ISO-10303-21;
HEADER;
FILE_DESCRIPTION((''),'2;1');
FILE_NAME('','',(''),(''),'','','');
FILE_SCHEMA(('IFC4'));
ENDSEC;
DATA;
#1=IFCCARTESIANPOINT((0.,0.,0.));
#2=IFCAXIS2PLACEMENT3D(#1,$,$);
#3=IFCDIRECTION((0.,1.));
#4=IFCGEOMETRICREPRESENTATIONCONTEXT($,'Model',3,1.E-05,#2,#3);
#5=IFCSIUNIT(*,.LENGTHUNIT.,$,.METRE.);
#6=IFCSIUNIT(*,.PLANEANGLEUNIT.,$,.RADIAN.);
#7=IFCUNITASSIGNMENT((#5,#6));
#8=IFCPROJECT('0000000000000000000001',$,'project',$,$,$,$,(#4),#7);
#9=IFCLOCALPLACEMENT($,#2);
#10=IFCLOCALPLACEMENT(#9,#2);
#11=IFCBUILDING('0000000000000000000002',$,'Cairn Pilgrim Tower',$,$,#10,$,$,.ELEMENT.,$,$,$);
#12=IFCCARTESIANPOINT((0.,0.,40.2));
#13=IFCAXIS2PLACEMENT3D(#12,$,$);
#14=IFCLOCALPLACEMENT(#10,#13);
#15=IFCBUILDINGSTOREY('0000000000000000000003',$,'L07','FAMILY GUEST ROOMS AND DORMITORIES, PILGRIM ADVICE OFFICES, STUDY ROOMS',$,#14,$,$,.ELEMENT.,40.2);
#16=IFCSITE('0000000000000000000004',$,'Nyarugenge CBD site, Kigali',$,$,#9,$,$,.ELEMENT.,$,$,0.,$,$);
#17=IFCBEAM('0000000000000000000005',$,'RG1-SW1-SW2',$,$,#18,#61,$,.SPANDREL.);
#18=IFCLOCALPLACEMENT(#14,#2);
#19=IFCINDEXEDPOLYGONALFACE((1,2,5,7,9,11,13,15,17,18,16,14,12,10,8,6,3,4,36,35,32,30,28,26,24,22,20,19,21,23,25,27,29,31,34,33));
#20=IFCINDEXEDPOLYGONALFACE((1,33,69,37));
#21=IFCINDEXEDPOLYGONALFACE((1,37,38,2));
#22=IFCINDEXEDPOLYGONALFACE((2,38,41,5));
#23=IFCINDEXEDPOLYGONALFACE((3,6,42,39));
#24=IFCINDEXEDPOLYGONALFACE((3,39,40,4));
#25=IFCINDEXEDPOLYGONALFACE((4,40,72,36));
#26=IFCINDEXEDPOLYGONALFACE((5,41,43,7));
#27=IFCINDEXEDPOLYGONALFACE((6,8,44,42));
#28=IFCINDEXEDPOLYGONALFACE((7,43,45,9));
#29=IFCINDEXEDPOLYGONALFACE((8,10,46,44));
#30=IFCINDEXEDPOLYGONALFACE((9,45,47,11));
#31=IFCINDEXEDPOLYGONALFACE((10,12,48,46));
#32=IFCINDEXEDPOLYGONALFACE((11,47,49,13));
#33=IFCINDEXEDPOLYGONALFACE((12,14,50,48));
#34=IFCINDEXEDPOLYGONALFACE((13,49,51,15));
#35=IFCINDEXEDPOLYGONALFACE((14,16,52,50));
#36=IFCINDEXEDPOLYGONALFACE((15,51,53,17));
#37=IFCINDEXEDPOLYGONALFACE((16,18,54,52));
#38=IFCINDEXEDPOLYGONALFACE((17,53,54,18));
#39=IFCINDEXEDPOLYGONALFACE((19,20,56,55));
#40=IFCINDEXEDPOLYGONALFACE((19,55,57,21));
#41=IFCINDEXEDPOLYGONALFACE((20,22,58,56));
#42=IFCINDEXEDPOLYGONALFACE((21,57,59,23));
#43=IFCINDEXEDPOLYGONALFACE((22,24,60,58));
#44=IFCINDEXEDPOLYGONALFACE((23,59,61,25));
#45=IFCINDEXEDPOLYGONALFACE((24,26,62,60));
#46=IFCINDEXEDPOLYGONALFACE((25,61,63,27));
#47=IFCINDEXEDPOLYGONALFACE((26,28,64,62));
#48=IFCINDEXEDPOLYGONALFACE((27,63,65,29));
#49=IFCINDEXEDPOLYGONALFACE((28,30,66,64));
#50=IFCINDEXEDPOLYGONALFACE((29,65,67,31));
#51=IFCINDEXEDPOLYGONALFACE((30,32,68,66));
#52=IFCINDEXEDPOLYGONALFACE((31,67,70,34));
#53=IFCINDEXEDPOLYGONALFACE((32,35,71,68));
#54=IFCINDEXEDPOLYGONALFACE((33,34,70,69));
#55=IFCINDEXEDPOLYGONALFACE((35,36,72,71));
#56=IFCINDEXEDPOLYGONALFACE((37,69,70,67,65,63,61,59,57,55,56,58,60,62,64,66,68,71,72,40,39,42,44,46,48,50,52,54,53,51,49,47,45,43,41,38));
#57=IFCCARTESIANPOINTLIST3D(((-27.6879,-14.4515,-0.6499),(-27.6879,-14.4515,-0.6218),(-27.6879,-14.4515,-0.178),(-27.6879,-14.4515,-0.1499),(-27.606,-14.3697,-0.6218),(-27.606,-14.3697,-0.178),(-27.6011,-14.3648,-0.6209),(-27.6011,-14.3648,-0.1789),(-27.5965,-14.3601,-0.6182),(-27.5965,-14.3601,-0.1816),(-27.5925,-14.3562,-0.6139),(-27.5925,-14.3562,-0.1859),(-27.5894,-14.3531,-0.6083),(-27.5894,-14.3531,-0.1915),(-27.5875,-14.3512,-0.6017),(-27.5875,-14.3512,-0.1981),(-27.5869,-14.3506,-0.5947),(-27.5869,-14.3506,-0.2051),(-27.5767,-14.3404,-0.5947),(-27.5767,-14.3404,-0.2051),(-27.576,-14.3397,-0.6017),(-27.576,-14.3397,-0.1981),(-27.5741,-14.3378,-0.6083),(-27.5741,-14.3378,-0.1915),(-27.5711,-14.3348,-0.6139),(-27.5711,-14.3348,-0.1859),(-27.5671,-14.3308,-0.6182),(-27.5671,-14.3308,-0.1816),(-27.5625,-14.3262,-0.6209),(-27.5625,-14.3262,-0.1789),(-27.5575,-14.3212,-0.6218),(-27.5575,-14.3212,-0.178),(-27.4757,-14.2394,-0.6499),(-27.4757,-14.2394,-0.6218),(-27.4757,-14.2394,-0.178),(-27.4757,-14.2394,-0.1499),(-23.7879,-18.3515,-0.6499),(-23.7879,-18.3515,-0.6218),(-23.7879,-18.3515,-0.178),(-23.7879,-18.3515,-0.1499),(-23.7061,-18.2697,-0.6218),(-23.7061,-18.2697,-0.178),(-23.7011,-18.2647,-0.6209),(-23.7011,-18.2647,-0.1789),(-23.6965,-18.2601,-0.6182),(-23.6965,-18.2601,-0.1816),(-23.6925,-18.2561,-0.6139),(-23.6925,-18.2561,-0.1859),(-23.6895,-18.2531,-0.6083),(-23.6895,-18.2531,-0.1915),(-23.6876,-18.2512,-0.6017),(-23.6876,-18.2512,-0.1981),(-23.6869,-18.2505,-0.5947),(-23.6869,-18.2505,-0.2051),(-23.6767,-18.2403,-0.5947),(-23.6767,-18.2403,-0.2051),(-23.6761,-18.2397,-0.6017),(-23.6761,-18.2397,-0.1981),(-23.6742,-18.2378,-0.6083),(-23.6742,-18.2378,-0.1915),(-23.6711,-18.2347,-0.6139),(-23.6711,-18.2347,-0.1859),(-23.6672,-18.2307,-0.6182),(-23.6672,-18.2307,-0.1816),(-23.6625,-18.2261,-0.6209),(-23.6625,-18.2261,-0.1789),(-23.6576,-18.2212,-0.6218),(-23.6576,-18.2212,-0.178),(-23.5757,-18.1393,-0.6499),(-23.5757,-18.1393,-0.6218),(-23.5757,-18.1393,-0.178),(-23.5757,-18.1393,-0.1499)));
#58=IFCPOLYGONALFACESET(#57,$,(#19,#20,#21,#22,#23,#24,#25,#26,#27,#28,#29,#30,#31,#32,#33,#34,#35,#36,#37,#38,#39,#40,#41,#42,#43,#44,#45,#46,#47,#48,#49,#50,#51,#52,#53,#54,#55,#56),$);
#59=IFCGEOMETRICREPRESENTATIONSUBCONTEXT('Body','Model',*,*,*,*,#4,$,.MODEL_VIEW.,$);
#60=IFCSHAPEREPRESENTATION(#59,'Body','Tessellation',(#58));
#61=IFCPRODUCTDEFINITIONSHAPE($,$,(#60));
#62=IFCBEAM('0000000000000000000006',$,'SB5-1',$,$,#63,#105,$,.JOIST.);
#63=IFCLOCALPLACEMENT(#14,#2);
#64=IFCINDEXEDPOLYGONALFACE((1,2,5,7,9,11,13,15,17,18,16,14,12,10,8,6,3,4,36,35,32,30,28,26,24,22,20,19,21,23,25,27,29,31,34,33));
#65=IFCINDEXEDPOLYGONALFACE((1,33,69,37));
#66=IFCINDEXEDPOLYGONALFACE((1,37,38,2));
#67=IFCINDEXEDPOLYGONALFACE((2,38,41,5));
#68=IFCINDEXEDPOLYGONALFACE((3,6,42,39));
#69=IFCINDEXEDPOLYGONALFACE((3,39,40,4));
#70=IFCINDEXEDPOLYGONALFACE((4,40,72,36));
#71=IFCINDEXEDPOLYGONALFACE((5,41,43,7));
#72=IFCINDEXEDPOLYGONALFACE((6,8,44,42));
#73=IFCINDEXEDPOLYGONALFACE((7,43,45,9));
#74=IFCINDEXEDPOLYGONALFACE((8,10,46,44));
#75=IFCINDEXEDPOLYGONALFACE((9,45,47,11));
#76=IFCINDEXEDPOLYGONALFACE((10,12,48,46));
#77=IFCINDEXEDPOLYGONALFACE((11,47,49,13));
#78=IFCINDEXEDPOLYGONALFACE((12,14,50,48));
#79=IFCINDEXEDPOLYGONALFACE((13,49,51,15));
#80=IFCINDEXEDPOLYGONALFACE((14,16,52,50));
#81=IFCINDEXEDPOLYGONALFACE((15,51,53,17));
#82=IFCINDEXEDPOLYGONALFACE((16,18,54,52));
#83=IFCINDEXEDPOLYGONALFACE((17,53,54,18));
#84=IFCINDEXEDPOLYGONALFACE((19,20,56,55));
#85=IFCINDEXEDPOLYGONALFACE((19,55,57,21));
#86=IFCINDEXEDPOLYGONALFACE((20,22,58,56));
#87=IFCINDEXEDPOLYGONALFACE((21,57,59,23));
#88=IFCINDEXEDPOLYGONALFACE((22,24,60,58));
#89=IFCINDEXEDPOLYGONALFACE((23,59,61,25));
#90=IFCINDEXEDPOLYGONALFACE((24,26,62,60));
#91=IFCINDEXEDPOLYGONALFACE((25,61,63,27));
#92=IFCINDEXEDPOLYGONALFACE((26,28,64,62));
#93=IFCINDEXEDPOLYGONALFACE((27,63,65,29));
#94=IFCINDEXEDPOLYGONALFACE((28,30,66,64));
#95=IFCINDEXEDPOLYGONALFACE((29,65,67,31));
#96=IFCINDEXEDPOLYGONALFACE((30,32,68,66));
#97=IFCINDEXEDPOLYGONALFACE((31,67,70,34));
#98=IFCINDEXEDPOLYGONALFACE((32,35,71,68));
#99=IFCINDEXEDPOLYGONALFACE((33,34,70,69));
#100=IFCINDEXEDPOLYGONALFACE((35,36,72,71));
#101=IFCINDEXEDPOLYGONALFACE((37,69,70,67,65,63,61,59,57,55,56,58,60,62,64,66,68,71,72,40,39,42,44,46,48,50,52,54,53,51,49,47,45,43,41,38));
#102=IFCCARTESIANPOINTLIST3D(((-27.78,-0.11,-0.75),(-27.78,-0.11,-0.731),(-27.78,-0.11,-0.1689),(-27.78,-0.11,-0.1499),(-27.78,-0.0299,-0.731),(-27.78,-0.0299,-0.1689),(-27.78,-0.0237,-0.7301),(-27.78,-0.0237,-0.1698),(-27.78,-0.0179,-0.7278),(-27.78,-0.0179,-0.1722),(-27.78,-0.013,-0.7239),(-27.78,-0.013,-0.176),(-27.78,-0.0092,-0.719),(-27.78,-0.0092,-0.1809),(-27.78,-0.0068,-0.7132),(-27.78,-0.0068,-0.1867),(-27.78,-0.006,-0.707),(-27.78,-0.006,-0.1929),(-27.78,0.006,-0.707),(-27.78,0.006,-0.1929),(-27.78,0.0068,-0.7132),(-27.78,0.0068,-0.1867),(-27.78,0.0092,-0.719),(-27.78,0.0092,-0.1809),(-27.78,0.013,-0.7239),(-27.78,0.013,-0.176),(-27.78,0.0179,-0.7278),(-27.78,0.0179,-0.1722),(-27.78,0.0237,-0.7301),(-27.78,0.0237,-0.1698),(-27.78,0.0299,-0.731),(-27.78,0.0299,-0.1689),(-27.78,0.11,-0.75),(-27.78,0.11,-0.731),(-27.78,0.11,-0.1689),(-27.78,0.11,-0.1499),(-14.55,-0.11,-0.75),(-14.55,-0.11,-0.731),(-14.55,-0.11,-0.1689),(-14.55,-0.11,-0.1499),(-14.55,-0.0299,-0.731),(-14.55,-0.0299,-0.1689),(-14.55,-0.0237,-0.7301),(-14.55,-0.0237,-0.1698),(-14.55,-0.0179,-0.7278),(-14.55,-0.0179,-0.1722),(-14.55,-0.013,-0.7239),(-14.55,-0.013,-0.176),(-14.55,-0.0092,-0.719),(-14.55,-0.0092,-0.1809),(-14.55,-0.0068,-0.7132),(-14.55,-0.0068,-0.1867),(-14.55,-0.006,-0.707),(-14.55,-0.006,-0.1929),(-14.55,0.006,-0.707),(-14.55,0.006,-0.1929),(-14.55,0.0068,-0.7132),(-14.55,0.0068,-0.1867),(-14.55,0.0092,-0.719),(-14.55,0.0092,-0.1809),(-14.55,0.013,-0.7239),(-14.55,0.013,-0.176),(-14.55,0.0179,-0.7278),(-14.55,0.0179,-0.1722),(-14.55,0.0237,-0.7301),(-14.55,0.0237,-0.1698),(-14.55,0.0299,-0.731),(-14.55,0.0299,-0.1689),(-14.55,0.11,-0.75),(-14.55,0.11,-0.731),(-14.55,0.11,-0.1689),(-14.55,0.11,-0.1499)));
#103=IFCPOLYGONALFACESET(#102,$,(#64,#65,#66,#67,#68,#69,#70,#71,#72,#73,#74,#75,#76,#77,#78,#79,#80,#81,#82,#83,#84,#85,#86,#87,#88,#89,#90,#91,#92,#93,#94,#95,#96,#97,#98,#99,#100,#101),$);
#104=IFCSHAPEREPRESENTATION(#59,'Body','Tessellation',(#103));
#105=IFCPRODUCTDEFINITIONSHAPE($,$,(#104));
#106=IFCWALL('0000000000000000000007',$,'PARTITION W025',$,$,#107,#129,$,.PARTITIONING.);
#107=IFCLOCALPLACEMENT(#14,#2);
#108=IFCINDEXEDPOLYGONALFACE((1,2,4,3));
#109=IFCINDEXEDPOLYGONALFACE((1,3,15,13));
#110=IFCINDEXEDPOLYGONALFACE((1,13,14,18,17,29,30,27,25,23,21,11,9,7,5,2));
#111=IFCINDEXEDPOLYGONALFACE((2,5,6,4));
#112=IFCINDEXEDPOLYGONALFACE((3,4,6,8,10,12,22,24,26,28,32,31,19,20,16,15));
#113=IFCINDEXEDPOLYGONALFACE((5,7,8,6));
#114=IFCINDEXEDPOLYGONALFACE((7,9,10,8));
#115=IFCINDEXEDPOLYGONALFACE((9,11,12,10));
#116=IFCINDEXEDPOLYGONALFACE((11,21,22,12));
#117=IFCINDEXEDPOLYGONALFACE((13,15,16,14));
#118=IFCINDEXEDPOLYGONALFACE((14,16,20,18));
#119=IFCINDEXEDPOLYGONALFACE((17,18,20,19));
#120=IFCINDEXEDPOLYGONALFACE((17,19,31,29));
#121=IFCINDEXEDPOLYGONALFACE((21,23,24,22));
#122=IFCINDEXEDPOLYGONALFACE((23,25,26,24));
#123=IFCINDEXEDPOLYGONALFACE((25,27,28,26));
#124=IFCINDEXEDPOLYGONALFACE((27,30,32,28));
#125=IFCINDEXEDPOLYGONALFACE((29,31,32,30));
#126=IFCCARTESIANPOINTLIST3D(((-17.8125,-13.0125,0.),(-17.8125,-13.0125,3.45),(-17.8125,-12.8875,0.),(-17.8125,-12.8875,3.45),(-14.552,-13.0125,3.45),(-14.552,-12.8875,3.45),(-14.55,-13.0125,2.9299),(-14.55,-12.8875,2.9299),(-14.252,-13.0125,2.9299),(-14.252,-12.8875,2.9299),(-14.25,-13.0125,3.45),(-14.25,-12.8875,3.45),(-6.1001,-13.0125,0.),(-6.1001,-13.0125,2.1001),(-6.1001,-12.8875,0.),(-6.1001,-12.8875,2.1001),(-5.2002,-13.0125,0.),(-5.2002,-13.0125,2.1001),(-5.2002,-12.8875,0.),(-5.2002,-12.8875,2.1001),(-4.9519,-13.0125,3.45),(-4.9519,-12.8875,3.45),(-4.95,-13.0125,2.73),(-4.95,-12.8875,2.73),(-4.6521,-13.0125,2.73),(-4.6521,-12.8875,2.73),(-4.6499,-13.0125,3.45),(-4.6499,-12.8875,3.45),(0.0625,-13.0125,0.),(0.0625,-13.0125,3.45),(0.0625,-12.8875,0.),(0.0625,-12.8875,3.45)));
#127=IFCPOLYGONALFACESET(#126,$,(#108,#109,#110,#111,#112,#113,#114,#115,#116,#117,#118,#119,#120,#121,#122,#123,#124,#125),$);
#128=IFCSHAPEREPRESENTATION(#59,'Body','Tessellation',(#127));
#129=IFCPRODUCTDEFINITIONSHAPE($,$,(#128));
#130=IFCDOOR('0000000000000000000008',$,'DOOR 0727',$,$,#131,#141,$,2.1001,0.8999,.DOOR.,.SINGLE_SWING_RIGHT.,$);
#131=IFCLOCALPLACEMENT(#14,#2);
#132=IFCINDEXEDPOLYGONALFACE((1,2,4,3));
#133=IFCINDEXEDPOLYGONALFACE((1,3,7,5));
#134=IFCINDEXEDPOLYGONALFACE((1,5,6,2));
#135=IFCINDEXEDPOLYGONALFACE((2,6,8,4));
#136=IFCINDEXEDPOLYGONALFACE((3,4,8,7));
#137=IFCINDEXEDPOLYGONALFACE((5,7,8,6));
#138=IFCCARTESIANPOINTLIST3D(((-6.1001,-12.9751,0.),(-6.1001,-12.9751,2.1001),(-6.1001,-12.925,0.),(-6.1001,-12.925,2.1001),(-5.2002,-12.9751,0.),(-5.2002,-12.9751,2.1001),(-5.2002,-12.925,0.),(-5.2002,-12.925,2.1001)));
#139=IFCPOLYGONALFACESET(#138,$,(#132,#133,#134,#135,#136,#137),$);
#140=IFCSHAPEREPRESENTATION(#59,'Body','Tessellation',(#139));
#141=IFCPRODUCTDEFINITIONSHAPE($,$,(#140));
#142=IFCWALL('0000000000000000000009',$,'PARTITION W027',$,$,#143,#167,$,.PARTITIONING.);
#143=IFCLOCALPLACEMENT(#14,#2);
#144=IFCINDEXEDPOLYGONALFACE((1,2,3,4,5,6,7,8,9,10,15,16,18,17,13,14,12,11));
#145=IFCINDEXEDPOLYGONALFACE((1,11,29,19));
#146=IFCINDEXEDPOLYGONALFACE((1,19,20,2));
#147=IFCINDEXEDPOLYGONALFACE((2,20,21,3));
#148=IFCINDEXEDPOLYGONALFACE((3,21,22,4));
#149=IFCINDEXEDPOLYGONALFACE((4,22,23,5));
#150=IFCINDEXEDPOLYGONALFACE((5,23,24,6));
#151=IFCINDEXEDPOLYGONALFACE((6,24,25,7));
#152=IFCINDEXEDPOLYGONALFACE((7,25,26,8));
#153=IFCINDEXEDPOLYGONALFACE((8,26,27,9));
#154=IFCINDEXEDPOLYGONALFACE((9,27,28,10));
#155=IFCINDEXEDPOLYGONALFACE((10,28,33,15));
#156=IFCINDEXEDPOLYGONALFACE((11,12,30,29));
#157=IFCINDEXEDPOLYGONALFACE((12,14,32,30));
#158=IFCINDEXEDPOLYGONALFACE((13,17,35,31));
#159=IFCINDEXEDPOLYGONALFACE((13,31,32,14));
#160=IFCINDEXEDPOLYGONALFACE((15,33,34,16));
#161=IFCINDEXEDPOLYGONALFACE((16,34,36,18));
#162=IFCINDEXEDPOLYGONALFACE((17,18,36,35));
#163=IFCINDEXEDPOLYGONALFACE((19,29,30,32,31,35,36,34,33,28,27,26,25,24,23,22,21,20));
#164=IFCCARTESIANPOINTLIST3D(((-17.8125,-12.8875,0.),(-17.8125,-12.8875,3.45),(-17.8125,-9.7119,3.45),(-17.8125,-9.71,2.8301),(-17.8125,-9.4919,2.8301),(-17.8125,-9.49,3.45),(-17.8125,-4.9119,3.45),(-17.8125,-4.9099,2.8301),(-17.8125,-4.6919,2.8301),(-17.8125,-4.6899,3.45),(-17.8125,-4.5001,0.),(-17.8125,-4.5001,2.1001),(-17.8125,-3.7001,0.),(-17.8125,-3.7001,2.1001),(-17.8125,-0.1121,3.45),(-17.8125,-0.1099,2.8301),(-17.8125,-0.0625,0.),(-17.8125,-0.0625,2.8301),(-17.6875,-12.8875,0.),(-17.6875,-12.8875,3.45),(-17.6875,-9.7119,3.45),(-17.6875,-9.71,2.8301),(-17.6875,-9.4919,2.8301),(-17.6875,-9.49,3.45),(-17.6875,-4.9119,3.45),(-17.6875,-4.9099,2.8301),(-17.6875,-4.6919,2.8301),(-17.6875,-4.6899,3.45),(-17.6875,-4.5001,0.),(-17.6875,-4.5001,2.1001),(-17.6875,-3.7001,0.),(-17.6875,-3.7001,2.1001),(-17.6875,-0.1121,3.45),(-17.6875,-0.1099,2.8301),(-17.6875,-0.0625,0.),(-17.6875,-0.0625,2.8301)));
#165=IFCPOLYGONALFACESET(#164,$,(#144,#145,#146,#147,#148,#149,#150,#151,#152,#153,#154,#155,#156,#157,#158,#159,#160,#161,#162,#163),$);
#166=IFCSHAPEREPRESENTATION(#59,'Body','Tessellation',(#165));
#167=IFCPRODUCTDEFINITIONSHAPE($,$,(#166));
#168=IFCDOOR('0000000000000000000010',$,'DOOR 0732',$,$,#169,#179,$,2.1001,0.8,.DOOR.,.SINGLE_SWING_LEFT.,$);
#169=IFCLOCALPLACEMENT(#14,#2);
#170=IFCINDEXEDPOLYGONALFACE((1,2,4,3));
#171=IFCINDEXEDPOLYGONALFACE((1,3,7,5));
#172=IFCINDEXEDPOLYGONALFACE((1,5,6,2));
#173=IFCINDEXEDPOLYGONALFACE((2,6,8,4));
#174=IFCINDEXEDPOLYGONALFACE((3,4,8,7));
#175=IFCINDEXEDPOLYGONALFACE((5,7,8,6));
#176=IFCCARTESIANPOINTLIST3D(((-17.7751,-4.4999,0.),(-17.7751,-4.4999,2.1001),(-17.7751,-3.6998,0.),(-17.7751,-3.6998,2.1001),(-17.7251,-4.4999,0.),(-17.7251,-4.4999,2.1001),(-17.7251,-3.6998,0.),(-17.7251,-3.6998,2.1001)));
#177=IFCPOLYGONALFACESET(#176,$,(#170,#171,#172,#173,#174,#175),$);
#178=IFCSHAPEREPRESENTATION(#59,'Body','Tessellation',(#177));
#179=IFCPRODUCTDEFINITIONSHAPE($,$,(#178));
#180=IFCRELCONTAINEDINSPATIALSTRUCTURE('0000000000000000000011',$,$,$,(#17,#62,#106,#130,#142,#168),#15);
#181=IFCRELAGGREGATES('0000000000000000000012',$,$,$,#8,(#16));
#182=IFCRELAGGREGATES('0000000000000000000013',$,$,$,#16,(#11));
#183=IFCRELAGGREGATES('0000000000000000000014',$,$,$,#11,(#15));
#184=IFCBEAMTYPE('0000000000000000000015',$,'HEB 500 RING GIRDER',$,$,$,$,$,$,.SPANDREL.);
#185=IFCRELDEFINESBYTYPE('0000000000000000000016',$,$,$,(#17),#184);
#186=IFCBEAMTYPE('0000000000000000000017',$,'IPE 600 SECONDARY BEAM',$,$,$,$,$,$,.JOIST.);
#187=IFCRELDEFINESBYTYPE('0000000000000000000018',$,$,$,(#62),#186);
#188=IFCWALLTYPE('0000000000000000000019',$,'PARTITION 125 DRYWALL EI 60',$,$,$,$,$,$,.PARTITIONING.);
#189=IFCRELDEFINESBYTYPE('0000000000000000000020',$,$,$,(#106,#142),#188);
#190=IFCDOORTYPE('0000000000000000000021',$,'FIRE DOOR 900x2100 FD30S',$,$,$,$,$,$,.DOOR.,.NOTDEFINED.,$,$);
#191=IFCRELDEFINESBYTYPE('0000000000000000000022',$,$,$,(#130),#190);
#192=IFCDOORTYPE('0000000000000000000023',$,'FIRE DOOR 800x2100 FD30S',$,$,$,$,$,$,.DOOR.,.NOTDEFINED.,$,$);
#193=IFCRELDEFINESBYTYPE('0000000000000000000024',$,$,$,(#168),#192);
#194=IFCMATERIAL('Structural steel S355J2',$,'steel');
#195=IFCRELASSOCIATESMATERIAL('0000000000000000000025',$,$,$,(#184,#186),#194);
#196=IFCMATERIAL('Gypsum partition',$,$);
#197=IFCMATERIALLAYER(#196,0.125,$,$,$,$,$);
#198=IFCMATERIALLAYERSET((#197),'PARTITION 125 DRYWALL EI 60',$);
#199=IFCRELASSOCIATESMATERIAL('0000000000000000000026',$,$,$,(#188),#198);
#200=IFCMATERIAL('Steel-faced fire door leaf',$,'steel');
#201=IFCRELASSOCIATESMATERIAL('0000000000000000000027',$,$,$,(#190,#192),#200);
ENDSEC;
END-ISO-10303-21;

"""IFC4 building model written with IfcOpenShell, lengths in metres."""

from ifc_helpers import new_model, si_unit, direction, frame, frame_2d, origin, origin_2d, place, context, subcontext, project, spatial, polyline, rectangle, i_section, outline, extrude, material, layer, layer_set, material_profile, profile_set, type_object, element, fill, save


model = new_model("IFC4")

# Units and contexts
model_context = context("Model", 3, precision=1e-05, world=origin(), true_north=direction((0.0, 1.0)))
body_context = subcontext(model_context, "Body", "Model", "MODEL_VIEW")
ifc_project = project(units=[si_unit("LENGTHUNIT", "METRE"), si_unit("PLANEANGLEUNIT", "RADIAN")], contexts=[model_context])

# Site, building, storey
site_placement = place(None, origin())
site = spatial("IfcSite", under=ifc_project, at=site_placement, Name="Nyarugenge CBD site, Kigali", CompositionType="ELEMENT", RefElevation=0.0)
building_placement = place(site_placement, origin())
building = spatial("IfcBuilding", under=site, at=building_placement, Name="Cairn Pilgrim Tower", CompositionType="ELEMENT")
storey_placement = place(building_placement, frame((0.0, 0.0, 40.2)))
storey = spatial("IfcBuildingStorey", under=building, at=storey_placement, Name="L07", Description="FAMILY GUEST ROOMS AND DORMITORIES, PILGRIM ADVICE OFFICES, STUDY ROOMS", CompositionType="ELEMENT", Elevation=40.2)

# Beams
ifc_material_1 = material(Name="Structural steel S355J2", Category="steel")
ifc_material_profile_1 = material_profile(ifc_material_1, i_section(OverallWidth=0.3, OverallDepth=0.5, WebThickness=0.0144, FlangeThickness=0.0281, FilletRadius=0.0271, at=origin_2d()), Name="HEB 500")
ifc_profile_set_1 = profile_set([ifc_material_profile_1], Name="Structural steel S355J2")
beam_type_1 = type_object("IfcBeamType", Name="HEB 500 RING GIRDER", PredefinedType="SPANDREL", material=ifc_profile_set_1)
beam_1_placement = place(storey_placement, frame((-27.5818, -14.3455, -0.3999), z_axis=(0.707107, -0.707107, 0.0), x_axis=(0.707107, 0.707107, 0.0)))
element("IfcBeam", 1, at=beam_1_placement, inside=storey, type_object=beam_type_1, Name="RG1-SW1-SW2", PredefinedType="SPANDREL", context=body_context, shape_type="SweptSolid", body=[
    extrude(i_section(OverallWidth=0.3, OverallDepth=0.5, WebThickness=0.0144, FlangeThickness=0.0281, FilletRadius=0.0271, at=origin_2d()), origin(), (0.0, 0.0, 1.0), 5.5154),
])
ifc_material_profile_2 = material_profile(ifc_material_1, i_section(OverallWidth=0.22, OverallDepth=0.6001, WebThickness=0.012, FlangeThickness=0.019, FilletRadius=0.0239, at=origin_2d()), Name="IPE 600")
ifc_profile_set_2 = profile_set([ifc_material_profile_2], Name="Structural steel S355J2")
beam_type_2 = type_object("IfcBeamType", Name="IPE 600 SECONDARY BEAM", PredefinedType="JOIST", material=ifc_profile_set_2)
beam_2_placement = place(storey_placement, frame((-27.78, 0.0, -0.45), z_axis=(1.0, 0.0, 0.0), x_axis=(0.0, 1.0, 0.0)))
element("IfcBeam", 2, at=beam_2_placement, inside=storey, type_object=beam_type_2, Name="SB5-1", PredefinedType="JOIST", context=body_context, shape_type="SweptSolid", body=[
    extrude(i_section(OverallWidth=0.22, OverallDepth=0.6001, WebThickness=0.012, FlangeThickness=0.019, FilletRadius=0.0239, at=origin_2d()), origin(), (0.0, 0.0, 1.0), 13.23),
])

# Walls, openings, doors
ifc_material_2 = material(Name="Gypsum partition")
ifc_layer_1 = layer(ifc_material_2, 0.125)
ifc_layer_set_1 = layer_set([ifc_layer_1], Name="PARTITION 125 DRYWALL EI 60")
wall_type_1 = type_object("IfcWallType", Name="PARTITION 125 DRYWALL EI 60", PredefinedType="PARTITIONING", material=ifc_layer_set_1)
wall_1_placement = place(storey_placement, frame((-17.8125, -12.95, 0.0), z_axis=(0.0, 0.0, 1.0), x_axis=(1.0, 0.0, 0.0)))
wall_1 = element("IfcWall", 3, at=wall_1_placement, inside=storey, type_object=wall_type_1, Name="PARTITION W025", PredefinedType="PARTITIONING", context=body_context, shape_type="SweptSolid", body=[
    extrude(outline(polyline([(0.0, 0.0), (17.875, 0.0), (17.875, 3.45), (13.1626, 3.45), (13.1604, 2.73), (12.8625, 2.73), (12.8606, 3.45), (3.5625, 3.45), (3.5605, 2.9299), (3.2625, 2.9299), (3.2605, 3.45), (0.0, 3.45), (0.0, 0.0)])), frame((0.0, 0.0625, 0.0), z_axis=(0.0, -1.0, 0.0), x_axis=(1.0, 0.0, 0.0)), (0.0, 0.0, 1.0), 0.125),
])
opening_1_placement = place(wall_1_placement, frame((11.7124, 0.0, 0.0)))
opening_1 = element("IfcOpeningElement", 4, at=opening_1_placement, cuts=wall_1, PredefinedType="OPENING", context=body_context, shape_type="SweptSolid", body=[
    extrude(rectangle(XDim=0.8999, YDim=2.1001, at=frame_2d((0.45, 1.05))), frame((0.0, 0.0725, 0.0), z_axis=(0.0, -1.0, 0.0), x_axis=(1.0, 0.0, 0.0)), (0.0, 0.0, 1.0), 0.145),
])
ifc_material_3 = material(Name="Steel-faced fire door leaf", Category="steel")
door_type_1 = type_object("IfcDoorType", Name="FIRE DOOR 900x2100 FD30S", OperationType="NOTDEFINED", PredefinedType="DOOR", material=ifc_material_3)
door_1_placement = place(opening_1_placement, origin())
door_1 = element("IfcDoor", 5, at=door_1_placement, inside=storey, type_object=door_type_1, Name="DOOR 0727", OperationType="SINGLE_SWING_RIGHT", OverallHeight=2.1001, OverallWidth=0.8999, PredefinedType="DOOR", context=body_context, shape_type="SweptSolid", body=[
    extrude(rectangle(XDim=0.8999, YDim=2.1001, at=frame_2d((0.45, 1.05))), frame((0.0, 0.0249, 0.0), z_axis=(0.0, -1.0, 0.0), x_axis=(1.0, 0.0, 0.0)), (0.0, 0.0, 1.0), 0.05),
])
fill(opening_1, door_1)
wall_2_placement = place(storey_placement, frame((-17.75, -12.8875, 0.0), z_axis=(0.0, 0.0, 1.0), x_axis=(0.0, 1.0, 0.0)))
wall_2 = element("IfcWall", 6, at=wall_2_placement, inside=storey, type_object=wall_type_1, Name="PARTITION W027", PredefinedType="PARTITIONING", context=body_context, shape_type="SweptSolid", body=[
    extrude(outline(polyline([(0.0, 0.0), (12.825, 0.0), (12.825, 2.8301), (12.7776, 2.8301), (12.7754, 3.45), (8.1975, 3.45), (8.1956, 2.8301), (7.9775, 2.8301), (7.9756, 3.45), (3.3975, 3.45), (3.3955, 2.8301), (3.1775, 2.8301), (3.1755, 3.45), (0.0, 3.45), (0.0, 0.0)])), frame((0.0, 0.0625, 0.0), z_axis=(0.0, -1.0, 0.0), x_axis=(1.0, 0.0, 0.0)), (0.0, 0.0, 1.0), 0.125),
])
opening_2_placement = place(wall_2_placement, frame((8.3875, 0.0, 0.0)))
opening_2 = element("IfcOpeningElement", 7, at=opening_2_placement, cuts=wall_2, PredefinedType="OPENING", context=body_context, shape_type="SweptSolid", body=[
    extrude(rectangle(XDim=0.8, YDim=2.1001, at=frame_2d((0.3999, 1.05))), frame((0.0, 0.0725, 0.0), z_axis=(0.0, -1.0, 0.0), x_axis=(1.0, 0.0, 0.0)), (0.0, 0.0, 1.0), 0.145),
])
door_type_2 = type_object("IfcDoorType", Name="FIRE DOOR 800x2100 FD30S", OperationType="NOTDEFINED", PredefinedType="DOOR", material=ifc_material_3)
door_2_placement = place(opening_2_placement, frame((0.8, 0.0, 0.0), z_axis=(0.0, 0.0, 1.0), x_axis=(-1.0, 0.0, 0.0)))
door_2 = element("IfcDoor", 8, at=door_2_placement, inside=storey, type_object=door_type_2, Name="DOOR 0732", OperationType="SINGLE_SWING_LEFT", OverallHeight=2.1001, OverallWidth=0.8, PredefinedType="DOOR", context=body_context, shape_type="SweptSolid", body=[
    extrude(rectangle(XDim=0.8, YDim=2.1001, at=frame_2d((0.3999, 1.05))), frame((0.0, 0.0249, 0.0), z_axis=(0.0, -1.0, 0.0), x_axis=(1.0, 0.0, 0.0)), (0.0, 0.0, 1.0), 0.05),
])
fill(opening_2, door_2)

save(model, "model.ifc")
